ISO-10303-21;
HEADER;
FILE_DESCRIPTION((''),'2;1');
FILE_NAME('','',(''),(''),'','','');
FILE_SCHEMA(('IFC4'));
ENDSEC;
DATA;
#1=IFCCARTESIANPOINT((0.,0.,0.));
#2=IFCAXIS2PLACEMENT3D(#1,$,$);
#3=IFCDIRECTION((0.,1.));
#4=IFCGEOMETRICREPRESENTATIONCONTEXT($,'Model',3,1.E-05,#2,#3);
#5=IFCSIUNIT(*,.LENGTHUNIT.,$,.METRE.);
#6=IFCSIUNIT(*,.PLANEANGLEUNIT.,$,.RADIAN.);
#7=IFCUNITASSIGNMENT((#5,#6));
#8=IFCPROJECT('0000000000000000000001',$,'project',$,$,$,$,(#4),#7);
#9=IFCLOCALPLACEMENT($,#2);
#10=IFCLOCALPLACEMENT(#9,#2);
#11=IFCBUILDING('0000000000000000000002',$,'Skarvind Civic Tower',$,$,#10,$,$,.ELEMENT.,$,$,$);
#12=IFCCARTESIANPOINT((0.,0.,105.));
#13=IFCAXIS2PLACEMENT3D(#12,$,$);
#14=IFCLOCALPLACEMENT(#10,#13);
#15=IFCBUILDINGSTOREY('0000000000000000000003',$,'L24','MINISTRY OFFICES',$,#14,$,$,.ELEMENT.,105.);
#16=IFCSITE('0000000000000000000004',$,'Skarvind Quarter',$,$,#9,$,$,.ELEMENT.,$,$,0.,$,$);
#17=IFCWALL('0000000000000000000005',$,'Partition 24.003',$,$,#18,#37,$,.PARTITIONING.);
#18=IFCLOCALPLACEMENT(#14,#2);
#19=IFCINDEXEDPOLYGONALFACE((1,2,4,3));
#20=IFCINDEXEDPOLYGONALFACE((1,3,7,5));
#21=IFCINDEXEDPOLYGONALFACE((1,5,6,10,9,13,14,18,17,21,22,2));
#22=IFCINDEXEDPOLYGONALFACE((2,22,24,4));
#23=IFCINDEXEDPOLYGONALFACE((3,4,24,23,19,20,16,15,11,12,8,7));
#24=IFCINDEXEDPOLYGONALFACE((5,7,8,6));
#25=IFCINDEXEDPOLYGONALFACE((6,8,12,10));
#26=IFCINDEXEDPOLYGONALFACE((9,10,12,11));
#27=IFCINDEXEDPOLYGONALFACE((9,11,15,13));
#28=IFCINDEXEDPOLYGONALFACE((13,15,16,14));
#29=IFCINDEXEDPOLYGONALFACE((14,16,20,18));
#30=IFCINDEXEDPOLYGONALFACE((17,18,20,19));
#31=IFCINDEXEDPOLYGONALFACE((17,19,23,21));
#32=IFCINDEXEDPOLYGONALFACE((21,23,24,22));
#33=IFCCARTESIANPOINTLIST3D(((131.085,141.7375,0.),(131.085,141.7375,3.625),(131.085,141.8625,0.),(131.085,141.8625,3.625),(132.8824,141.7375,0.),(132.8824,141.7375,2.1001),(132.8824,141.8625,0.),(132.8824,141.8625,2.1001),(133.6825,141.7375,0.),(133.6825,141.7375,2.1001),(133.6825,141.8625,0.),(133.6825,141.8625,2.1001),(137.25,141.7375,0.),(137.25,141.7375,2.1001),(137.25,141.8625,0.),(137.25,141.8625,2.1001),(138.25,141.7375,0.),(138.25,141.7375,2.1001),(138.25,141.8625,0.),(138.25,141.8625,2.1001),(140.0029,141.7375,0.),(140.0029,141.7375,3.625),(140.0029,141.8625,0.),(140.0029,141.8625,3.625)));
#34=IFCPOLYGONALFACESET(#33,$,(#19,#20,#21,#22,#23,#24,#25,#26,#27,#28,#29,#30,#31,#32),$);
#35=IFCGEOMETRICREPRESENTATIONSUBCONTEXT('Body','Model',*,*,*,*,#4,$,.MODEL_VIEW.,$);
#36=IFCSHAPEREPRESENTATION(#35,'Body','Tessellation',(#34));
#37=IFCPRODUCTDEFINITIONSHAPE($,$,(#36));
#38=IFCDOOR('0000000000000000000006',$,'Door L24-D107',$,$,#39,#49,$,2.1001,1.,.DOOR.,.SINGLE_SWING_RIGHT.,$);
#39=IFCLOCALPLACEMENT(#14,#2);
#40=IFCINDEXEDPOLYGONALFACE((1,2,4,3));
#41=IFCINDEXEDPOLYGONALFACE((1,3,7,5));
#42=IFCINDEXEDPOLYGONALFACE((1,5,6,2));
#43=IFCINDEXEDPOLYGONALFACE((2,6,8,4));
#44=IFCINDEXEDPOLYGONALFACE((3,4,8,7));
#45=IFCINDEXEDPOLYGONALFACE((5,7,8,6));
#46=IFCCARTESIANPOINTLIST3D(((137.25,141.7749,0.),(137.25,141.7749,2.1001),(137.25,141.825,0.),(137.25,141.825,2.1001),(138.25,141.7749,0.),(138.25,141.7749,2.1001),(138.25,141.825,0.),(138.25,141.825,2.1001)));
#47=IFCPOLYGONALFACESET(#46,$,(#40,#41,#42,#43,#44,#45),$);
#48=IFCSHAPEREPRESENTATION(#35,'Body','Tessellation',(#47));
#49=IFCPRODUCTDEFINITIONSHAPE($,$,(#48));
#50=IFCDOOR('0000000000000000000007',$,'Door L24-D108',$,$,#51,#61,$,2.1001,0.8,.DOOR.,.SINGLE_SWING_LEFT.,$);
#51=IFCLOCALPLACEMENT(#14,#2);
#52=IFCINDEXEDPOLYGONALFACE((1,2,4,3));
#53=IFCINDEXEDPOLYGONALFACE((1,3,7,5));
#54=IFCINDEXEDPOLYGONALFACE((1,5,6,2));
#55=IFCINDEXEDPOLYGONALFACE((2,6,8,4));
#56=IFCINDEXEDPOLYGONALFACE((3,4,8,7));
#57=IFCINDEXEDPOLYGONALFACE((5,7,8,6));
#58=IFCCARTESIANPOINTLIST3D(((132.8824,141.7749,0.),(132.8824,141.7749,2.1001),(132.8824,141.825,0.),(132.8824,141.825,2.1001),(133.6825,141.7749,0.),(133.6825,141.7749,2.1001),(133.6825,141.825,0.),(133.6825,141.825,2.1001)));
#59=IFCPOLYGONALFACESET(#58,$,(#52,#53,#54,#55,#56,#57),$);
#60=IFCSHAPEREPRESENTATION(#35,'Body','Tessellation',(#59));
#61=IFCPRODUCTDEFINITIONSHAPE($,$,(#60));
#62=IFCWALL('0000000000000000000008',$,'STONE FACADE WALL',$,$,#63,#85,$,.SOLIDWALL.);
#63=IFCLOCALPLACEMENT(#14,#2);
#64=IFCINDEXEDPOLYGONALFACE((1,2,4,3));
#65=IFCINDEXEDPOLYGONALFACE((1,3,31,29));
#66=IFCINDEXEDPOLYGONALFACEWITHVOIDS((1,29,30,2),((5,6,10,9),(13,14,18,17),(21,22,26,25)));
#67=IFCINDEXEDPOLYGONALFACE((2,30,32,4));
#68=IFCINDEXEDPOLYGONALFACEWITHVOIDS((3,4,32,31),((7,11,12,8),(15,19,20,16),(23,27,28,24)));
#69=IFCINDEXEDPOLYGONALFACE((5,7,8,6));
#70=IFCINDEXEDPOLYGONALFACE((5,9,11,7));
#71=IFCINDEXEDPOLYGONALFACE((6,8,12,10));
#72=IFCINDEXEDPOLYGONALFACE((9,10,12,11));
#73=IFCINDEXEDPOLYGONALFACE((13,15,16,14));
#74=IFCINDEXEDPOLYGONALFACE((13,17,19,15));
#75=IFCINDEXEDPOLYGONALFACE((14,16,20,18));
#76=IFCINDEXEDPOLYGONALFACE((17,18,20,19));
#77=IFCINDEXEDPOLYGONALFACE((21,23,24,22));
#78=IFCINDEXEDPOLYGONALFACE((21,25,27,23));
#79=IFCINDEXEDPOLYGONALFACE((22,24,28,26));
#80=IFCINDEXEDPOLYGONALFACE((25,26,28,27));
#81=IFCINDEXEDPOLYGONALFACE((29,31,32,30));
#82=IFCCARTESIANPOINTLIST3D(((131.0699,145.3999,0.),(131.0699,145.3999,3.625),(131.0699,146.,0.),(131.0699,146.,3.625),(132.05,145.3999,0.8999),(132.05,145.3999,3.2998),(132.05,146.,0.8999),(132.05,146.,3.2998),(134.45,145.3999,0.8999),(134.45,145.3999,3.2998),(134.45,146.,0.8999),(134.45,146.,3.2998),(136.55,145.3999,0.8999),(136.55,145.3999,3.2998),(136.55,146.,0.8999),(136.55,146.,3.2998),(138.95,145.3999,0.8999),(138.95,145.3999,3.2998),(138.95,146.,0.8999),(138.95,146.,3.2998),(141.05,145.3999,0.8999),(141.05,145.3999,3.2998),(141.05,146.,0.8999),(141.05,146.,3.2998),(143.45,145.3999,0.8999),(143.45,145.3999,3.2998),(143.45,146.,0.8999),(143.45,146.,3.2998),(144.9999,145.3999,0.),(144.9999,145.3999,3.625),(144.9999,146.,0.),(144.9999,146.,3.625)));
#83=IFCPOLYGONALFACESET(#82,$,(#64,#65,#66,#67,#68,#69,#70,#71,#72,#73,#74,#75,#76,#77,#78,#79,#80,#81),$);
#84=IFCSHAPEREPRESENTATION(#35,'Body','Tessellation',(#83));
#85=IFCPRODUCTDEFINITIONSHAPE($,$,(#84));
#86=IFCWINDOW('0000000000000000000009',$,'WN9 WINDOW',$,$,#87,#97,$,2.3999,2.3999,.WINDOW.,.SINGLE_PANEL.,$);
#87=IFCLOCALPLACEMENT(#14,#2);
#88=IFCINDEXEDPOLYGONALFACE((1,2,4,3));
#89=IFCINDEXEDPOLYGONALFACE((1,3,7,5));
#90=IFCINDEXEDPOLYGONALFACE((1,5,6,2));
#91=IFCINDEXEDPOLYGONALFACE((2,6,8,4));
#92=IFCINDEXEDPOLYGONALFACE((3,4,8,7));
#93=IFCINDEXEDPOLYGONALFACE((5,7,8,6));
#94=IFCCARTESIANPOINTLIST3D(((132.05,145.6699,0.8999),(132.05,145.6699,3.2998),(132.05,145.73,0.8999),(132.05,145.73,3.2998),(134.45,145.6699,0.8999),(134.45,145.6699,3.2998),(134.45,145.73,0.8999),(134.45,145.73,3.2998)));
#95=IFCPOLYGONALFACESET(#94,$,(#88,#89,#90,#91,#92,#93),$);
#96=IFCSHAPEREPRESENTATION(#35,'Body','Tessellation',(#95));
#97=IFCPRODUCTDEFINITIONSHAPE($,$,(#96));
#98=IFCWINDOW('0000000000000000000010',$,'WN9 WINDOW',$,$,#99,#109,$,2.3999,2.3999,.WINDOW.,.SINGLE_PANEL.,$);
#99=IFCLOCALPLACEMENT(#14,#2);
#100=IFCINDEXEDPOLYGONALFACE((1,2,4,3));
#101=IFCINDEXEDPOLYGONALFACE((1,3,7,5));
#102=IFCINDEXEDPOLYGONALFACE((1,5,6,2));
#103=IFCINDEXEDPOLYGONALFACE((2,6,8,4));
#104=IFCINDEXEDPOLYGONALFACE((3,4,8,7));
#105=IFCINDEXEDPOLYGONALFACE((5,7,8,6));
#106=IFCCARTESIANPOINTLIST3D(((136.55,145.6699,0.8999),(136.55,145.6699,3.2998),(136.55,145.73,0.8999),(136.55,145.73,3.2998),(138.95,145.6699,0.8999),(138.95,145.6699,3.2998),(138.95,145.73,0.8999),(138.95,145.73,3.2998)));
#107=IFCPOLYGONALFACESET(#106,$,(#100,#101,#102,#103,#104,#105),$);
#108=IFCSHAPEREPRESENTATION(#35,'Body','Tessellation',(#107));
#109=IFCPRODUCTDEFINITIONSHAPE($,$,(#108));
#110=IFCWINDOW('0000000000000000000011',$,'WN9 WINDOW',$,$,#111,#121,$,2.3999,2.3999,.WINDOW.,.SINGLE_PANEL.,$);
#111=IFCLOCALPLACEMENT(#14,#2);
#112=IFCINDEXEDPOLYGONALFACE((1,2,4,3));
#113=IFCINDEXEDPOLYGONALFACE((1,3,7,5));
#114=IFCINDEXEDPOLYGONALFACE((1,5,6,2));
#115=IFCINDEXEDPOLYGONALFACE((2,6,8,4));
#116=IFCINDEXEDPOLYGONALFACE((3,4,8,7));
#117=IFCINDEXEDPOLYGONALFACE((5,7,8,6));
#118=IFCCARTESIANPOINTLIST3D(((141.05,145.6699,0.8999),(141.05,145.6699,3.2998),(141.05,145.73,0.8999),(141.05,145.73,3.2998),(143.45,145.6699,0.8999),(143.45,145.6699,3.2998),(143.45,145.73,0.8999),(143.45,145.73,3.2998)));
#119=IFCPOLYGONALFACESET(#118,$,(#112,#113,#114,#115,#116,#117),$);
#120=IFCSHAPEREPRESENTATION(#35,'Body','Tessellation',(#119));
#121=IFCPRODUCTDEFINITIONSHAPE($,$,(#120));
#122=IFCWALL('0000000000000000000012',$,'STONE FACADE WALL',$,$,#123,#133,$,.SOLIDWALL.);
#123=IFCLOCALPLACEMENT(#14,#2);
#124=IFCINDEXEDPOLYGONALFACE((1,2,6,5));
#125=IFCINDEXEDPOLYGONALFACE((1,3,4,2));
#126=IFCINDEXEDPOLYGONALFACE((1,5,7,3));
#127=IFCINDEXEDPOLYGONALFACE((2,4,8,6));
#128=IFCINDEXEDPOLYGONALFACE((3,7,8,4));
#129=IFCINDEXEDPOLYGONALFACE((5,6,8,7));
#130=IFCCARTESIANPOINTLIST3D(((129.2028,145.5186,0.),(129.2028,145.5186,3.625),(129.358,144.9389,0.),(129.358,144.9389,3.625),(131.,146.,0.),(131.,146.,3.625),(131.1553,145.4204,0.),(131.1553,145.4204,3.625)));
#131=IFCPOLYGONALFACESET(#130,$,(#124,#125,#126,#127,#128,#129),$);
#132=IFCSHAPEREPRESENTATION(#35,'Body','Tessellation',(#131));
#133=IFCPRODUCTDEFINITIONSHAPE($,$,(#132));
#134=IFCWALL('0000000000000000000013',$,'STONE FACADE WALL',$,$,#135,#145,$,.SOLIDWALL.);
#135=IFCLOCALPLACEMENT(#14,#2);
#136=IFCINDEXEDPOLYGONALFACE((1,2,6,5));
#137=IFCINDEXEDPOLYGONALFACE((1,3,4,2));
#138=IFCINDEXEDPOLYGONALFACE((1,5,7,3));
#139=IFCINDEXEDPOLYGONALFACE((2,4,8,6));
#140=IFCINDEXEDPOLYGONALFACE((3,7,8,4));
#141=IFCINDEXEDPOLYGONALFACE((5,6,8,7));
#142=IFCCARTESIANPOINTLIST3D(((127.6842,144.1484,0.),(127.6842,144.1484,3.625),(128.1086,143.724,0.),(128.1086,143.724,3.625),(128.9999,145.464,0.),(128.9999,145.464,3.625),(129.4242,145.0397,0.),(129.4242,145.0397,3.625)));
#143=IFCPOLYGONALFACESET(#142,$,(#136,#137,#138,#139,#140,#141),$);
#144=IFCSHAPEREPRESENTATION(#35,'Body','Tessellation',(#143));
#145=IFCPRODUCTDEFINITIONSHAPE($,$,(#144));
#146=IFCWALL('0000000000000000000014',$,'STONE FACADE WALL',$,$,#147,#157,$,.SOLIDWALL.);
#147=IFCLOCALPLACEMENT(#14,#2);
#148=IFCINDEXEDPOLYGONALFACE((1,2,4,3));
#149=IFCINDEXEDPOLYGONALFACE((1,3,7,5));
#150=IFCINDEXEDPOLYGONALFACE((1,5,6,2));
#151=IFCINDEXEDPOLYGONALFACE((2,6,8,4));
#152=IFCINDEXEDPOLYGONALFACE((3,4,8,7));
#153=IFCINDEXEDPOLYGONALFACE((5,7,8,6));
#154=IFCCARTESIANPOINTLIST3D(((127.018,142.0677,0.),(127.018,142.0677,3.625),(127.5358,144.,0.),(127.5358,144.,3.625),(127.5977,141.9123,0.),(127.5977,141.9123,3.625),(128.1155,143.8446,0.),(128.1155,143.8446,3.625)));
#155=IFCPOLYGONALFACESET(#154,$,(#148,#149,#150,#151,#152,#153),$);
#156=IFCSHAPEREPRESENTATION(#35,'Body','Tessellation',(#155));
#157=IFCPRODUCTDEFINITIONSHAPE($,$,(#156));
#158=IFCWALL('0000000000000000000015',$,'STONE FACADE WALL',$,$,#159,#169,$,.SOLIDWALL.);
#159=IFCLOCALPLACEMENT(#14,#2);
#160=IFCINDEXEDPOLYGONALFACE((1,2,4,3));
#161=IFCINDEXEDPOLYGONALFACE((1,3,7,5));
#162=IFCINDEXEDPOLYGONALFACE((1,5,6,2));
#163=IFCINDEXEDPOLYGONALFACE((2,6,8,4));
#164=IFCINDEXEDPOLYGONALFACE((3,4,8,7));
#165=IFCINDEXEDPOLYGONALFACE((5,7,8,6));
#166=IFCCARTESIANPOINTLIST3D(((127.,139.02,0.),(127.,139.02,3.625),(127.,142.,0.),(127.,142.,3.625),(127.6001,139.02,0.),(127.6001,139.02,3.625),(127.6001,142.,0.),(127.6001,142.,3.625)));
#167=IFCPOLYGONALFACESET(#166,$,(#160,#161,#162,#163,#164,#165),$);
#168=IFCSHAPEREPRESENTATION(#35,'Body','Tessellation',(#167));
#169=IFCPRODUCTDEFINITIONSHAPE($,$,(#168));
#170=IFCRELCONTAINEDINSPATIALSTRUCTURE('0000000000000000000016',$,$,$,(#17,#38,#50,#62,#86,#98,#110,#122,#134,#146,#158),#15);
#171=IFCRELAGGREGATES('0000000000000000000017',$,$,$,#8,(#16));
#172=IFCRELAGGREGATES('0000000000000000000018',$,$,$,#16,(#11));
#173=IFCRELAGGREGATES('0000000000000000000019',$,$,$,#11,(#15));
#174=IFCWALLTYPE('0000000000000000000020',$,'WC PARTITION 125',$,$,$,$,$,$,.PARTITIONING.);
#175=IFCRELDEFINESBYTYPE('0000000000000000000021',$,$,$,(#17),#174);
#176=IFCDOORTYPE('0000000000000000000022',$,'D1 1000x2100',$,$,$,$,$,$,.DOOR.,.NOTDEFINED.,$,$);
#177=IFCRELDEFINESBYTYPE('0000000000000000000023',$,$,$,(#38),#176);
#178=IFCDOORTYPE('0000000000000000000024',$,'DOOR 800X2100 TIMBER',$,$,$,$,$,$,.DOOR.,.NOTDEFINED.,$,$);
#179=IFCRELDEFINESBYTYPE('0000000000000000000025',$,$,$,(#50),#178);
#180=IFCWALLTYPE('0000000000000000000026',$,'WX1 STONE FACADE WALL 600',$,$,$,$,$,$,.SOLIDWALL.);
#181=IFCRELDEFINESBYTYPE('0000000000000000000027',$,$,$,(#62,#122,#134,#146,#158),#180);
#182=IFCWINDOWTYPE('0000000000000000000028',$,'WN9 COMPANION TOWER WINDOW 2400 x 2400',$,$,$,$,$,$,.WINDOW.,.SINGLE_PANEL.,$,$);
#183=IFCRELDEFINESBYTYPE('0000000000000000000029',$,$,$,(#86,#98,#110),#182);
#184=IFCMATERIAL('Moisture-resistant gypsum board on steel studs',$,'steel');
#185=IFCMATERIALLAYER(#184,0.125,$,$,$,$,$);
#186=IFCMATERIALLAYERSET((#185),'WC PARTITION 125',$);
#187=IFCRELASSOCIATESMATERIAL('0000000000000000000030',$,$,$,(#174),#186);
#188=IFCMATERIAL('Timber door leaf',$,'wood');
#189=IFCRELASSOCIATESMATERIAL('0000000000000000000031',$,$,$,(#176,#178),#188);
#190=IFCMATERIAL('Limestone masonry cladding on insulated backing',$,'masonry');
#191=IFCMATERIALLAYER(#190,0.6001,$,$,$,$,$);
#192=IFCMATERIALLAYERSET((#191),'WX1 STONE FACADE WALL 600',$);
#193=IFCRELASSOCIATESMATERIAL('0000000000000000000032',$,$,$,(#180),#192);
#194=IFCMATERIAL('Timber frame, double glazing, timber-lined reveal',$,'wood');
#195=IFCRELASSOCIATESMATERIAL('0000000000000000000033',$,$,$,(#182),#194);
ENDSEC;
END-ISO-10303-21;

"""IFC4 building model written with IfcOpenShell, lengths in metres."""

from ifc_helpers import new_model, si_unit, direction, frame, frame_2d, origin, place, context, subcontext, project, spatial, rectangle, extrude, material, layer, layer_set, type_object, element, fill, save


model = new_model("IFC4")

# Units and contexts
model_context = context("Model", 3, precision=1e-05, world=origin(), true_north=direction((0.0, 1.0)))
body_context = subcontext(model_context, "Body", "Model", "MODEL_VIEW")
ifc_project = project(units=[si_unit("LENGTHUNIT", "METRE"), si_unit("PLANEANGLEUNIT", "RADIAN")], contexts=[model_context])

# Site, building, storey
site_placement = place(None, origin())
site = spatial("IfcSite", under=ifc_project, at=site_placement, Name="Skarvind Quarter", CompositionType="ELEMENT", RefElevation=0.0)
building_placement = place(site_placement, origin())
building = spatial("IfcBuilding", under=site, at=building_placement, Name="Skarvind Civic Tower", CompositionType="ELEMENT")
storey_placement = place(building_placement, frame((0.0, 0.0, 105.0)))
storey = spatial("IfcBuildingStorey", under=building, at=storey_placement, Name="L24", Description="MINISTRY OFFICES", CompositionType="ELEMENT", Elevation=105.0)

# Shared definitions
ifc_material_1 = material(Name="Timber door leaf", Category="wood")

# Wall, openings, doors
ifc_material_2 = material(Name="Moisture-resistant gypsum board on steel studs", Category="steel")
ifc_layer_1 = layer(ifc_material_2, 0.125)
ifc_layer_set_1 = layer_set([ifc_layer_1], Name="WC PARTITION 125")
wall_type_1 = type_object("IfcWallType", Name="WC PARTITION 125", PredefinedType="PARTITIONING", material=ifc_layer_set_1)
wall_1_placement = place(storey_placement, frame((131.085, 141.8, 0.0), z_axis=(0.0, 0.0, 1.0), x_axis=(1.0, 0.0, 0.0)))
wall_1 = element("IfcWall", 1, at=wall_1_placement, inside=storey, type_object=wall_type_1, Name="Partition 24.003", PredefinedType="PARTITIONING", context=body_context, shape_type="SweptSolid", body=[
    extrude(rectangle(XDim=8.918, YDim=0.125, at=frame_2d((4.459, 0.0))), origin(), (0.0, 0.0, 1.0), 3.625),
])
opening_1_placement = place(wall_1_placement, frame((6.165, 0.0, 0.0)))
opening_1 = element("IfcOpeningElement", 2, at=opening_1_placement, cuts=wall_1, PredefinedType="OPENING", context=body_context, shape_type="SweptSolid", body=[
    extrude(rectangle(XDim=1.0, YDim=2.1001, at=frame_2d((0.5, 1.05))), frame((0.0, 0.0725, 0.0), z_axis=(0.0, -1.0, 0.0), x_axis=(1.0, 0.0, 0.0)), (0.0, 0.0, 1.0), 0.145),
])
opening_2_placement = place(wall_1_placement, frame((1.7976, 0.0, 0.0)))
opening_2 = element("IfcOpeningElement", 3, at=opening_2_placement, cuts=wall_1, PredefinedType="OPENING", context=body_context, shape_type="SweptSolid", body=[
    extrude(rectangle(XDim=0.8, YDim=2.1001, at=frame_2d((0.3999, 1.05))), frame((0.0, 0.0725, 0.0), z_axis=(0.0, -1.0, 0.0), x_axis=(1.0, 0.0, 0.0)), (0.0, 0.0, 1.0), 0.145),
])
door_type_1 = type_object("IfcDoorType", Name="D1 1000x2100", OperationType="NOTDEFINED", PredefinedType="DOOR", material=ifc_material_1)
door_1_placement = place(opening_1_placement, origin())
door_1 = element("IfcDoor", 4, at=door_1_placement, inside=storey, type_object=door_type_1, Name="Door L24-D107", OperationType="SINGLE_SWING_RIGHT", OverallHeight=2.1001, OverallWidth=1.0, PredefinedType="DOOR", context=body_context, shape_type="SweptSolid", body=[
    extrude(rectangle(XDim=1.0, YDim=2.1001, at=frame_2d((0.5, 1.05))), frame((0.0, 0.0249, 0.0), z_axis=(0.0, -1.0, 0.0), x_axis=(1.0, 0.0, 0.0)), (0.0, 0.0, 1.0), 0.05),
])
fill(opening_1, door_1)
door_type_2 = type_object("IfcDoorType", Name="DOOR 800X2100 TIMBER", OperationType="NOTDEFINED", PredefinedType="DOOR", material=ifc_material_1)
door_2_placement = place(opening_2_placement, origin())
door_2 = element("IfcDoor", 5, at=door_2_placement, inside=storey, type_object=door_type_2, Name="Door L24-D108", OperationType="SINGLE_SWING_LEFT", OverallHeight=2.1001, OverallWidth=0.8, PredefinedType="DOOR", context=body_context, shape_type="SweptSolid", body=[
    extrude(rectangle(XDim=0.8, YDim=2.1001, at=frame_2d((0.3999, 1.05))), frame((0.0, 0.0249, 0.0), z_axis=(0.0, -1.0, 0.0), x_axis=(1.0, 0.0, 0.0)), (0.0, 0.0, 1.0), 0.05),
])
fill(opening_2, door_2)

# Wall, openings, windows
ifc_material_3 = material(Name="Limestone masonry cladding on insulated backing", Category="masonry")
ifc_layer_2 = layer(ifc_material_3, 0.6001)
ifc_layer_set_2 = layer_set([ifc_layer_2], Name="WX1 STONE FACADE WALL 600")
wall_type_2 = type_object("IfcWallType", Name="WX1 STONE FACADE WALL 600", PredefinedType="SOLIDWALL", material=ifc_layer_set_2)
wall_2_placement = place(storey_placement, frame((131.0701, 145.7, 0.0), z_axis=(0.0, 0.0, 1.0), x_axis=(1.0, 0.0, 0.0)))
wall_2 = element("IfcWall", 6, at=wall_2_placement, inside=storey, type_object=wall_type_2, Name="STONE FACADE WALL", PredefinedType="SOLIDWALL", context=body_context, shape_type="SweptSolid", body=[
    extrude(rectangle(XDim=13.9299, YDim=0.6001, at=frame_2d((6.9648, 0.0))), origin(), (0.0, 0.0, 1.0), 3.625),
])
opening_3_placement = place(wall_2_placement, frame((0.98, 0.0, 0.8999)))
opening_3 = element("IfcOpeningElement", 7, at=opening_3_placement, cuts=wall_2, PredefinedType="OPENING", context=body_context, shape_type="SweptSolid", body=[
    extrude(rectangle(XDim=2.3999, YDim=2.3999, at=frame_2d((1.2, 1.2))), frame((0.0, 0.3101, 0.0), z_axis=(0.0, -1.0, 0.0), x_axis=(1.0, 0.0, 0.0)), (0.0, 0.0, 1.0), 0.6201),
])
opening_4_placement = place(wall_2_placement, frame((5.48, 0.0, 0.8999)))
opening_4 = element("IfcOpeningElement", 8, at=opening_4_placement, cuts=wall_2, PredefinedType="OPENING", context=body_context, shape_type="SweptSolid", body=[
    extrude(rectangle(XDim=2.3999, YDim=2.3999, at=frame_2d((1.2, 1.2))), frame((0.0, 0.3101, 0.0), z_axis=(0.0, -1.0, 0.0), x_axis=(1.0, 0.0, 0.0)), (0.0, 0.0, 1.0), 0.6201),
])
opening_5_placement = place(wall_2_placement, frame((9.98, 0.0, 0.8999)))
opening_5 = element("IfcOpeningElement", 9, at=opening_5_placement, cuts=wall_2, PredefinedType="OPENING", context=body_context, shape_type="SweptSolid", body=[
    extrude(rectangle(XDim=2.3999, YDim=2.3999, at=frame_2d((1.2, 1.2))), frame((0.0, 0.3101, 0.0), z_axis=(0.0, -1.0, 0.0), x_axis=(1.0, 0.0, 0.0)), (0.0, 0.0, 1.0), 0.6201),
])
ifc_material_4 = material(Name="Timber frame, double glazing, timber-lined reveal", Category="wood")
window_type = type_object("IfcWindowType", Name="WN9 COMPANION TOWER WINDOW 2400 x 2400", PartitioningType="SINGLE_PANEL", PredefinedType="WINDOW", material=ifc_material_4)
window_1_placement = place(opening_3_placement, origin())
window_1 = element("IfcWindow", 10, at=window_1_placement, inside=storey, type_object=window_type, Name="WN9 WINDOW", OverallHeight=2.3999, OverallWidth=2.3999, PartitioningType="SINGLE_PANEL", PredefinedType="WINDOW", context=body_context, shape_type="SweptSolid", body=[
    extrude(rectangle(XDim=2.3999, YDim=2.3999, at=frame_2d((1.2, 1.2))), frame((0.0, 0.03, 0.0), z_axis=(0.0, -1.0, 0.0), x_axis=(1.0, 0.0, 0.0)), (0.0, 0.0, 1.0), 0.0601),
])
fill(opening_3, window_1)
window_2_placement = place(opening_4_placement, origin())
window_2 = element("IfcWindow", 11, at=window_2_placement, inside=storey, type_object=window_type, Name="WN9 WINDOW", OverallHeight=2.3999, OverallWidth=2.3999, PartitioningType="SINGLE_PANEL", PredefinedType="WINDOW", context=body_context, shape_type="SweptSolid", body=[
    extrude(rectangle(XDim=2.3999, YDim=2.3999, at=frame_2d((1.2, 1.2))), frame((0.0, 0.03, 0.0), z_axis=(0.0, -1.0, 0.0), x_axis=(1.0, 0.0, 0.0)), (0.0, 0.0, 1.0), 0.0601),
])
fill(opening_4, window_2)
window_3_placement = place(opening_5_placement, origin())
window_3 = element("IfcWindow", 12, at=window_3_placement, inside=storey, type_object=window_type, Name="WN9 WINDOW", OverallHeight=2.3999, OverallWidth=2.3999, PartitioningType="SINGLE_PANEL", PredefinedType="WINDOW", context=body_context, shape_type="SweptSolid", body=[
    extrude(rectangle(XDim=2.3999, YDim=2.3999, at=frame_2d((1.2, 1.2))), frame((0.0, 0.03, 0.0), z_axis=(0.0, -1.0, 0.0), x_axis=(1.0, 0.0, 0.0)), (0.0, 0.0, 1.0), 0.0601),
])
fill(opening_5, window_3)

# Walls
for number, where, z_axis, x_axis, name in (
    (13, (129.2805, 145.2288, 0.0), (0.0, 0.0, 1.0), (0.965938, 0.258773, 0.0), "STONE FACADE WALL"),
    (14, (127.8965, 143.9363, 0.0), (0.0, 0.0, 1.0), (0.707107, 0.707107, 0.0), "STONE FACADE WALL"),
):
    element("IfcWall", number, at=place(storey_placement, frame(where, z_axis=z_axis, x_axis=x_axis)), inside=storey, type_object=wall_type_2, Name=name, PredefinedType="SOLIDWALL", context=body_context, shape_type="SweptSolid", body=[
        extrude(rectangle(XDim=1.8606, YDim=0.6001, at=frame_2d((0.9302, 0.0))), origin(), (0.0, 0.0, 1.0), 3.625),
    ])
wall_3_placement = place(storey_placement, frame((127.3079, 141.99, 0.0), z_axis=(0.0, 0.0, 1.0), x_axis=(0.25884, 0.96592, 0.0)))
element("IfcWall", 15, at=wall_3_placement, inside=storey, type_object=wall_type_2, Name="STONE FACADE WALL", PredefinedType="SOLIDWALL", context=body_context, shape_type="SweptSolid", body=[
    extrude(rectangle(XDim=2.0005, YDim=0.6001, at=frame_2d((1.0002, 0.0))), origin(), (0.0, 0.0, 1.0), 3.625),
])
wall_4_placement = place(storey_placement, frame((127.3, 139.02, 0.0), z_axis=(0.0, 0.0, 1.0), x_axis=(0.0, 1.0, 0.0)))
element("IfcWall", 16, at=wall_4_placement, inside=storey, type_object=wall_type_2, Name="STONE FACADE WALL", PredefinedType="SOLIDWALL", context=body_context, shape_type="SweptSolid", body=[
    extrude(rectangle(XDim=2.98, YDim=0.6001, at=frame_2d((1.49, 0.0))), origin(), (0.0, 0.0, 1.0), 3.625),
])

save(model, "model.ifc")
